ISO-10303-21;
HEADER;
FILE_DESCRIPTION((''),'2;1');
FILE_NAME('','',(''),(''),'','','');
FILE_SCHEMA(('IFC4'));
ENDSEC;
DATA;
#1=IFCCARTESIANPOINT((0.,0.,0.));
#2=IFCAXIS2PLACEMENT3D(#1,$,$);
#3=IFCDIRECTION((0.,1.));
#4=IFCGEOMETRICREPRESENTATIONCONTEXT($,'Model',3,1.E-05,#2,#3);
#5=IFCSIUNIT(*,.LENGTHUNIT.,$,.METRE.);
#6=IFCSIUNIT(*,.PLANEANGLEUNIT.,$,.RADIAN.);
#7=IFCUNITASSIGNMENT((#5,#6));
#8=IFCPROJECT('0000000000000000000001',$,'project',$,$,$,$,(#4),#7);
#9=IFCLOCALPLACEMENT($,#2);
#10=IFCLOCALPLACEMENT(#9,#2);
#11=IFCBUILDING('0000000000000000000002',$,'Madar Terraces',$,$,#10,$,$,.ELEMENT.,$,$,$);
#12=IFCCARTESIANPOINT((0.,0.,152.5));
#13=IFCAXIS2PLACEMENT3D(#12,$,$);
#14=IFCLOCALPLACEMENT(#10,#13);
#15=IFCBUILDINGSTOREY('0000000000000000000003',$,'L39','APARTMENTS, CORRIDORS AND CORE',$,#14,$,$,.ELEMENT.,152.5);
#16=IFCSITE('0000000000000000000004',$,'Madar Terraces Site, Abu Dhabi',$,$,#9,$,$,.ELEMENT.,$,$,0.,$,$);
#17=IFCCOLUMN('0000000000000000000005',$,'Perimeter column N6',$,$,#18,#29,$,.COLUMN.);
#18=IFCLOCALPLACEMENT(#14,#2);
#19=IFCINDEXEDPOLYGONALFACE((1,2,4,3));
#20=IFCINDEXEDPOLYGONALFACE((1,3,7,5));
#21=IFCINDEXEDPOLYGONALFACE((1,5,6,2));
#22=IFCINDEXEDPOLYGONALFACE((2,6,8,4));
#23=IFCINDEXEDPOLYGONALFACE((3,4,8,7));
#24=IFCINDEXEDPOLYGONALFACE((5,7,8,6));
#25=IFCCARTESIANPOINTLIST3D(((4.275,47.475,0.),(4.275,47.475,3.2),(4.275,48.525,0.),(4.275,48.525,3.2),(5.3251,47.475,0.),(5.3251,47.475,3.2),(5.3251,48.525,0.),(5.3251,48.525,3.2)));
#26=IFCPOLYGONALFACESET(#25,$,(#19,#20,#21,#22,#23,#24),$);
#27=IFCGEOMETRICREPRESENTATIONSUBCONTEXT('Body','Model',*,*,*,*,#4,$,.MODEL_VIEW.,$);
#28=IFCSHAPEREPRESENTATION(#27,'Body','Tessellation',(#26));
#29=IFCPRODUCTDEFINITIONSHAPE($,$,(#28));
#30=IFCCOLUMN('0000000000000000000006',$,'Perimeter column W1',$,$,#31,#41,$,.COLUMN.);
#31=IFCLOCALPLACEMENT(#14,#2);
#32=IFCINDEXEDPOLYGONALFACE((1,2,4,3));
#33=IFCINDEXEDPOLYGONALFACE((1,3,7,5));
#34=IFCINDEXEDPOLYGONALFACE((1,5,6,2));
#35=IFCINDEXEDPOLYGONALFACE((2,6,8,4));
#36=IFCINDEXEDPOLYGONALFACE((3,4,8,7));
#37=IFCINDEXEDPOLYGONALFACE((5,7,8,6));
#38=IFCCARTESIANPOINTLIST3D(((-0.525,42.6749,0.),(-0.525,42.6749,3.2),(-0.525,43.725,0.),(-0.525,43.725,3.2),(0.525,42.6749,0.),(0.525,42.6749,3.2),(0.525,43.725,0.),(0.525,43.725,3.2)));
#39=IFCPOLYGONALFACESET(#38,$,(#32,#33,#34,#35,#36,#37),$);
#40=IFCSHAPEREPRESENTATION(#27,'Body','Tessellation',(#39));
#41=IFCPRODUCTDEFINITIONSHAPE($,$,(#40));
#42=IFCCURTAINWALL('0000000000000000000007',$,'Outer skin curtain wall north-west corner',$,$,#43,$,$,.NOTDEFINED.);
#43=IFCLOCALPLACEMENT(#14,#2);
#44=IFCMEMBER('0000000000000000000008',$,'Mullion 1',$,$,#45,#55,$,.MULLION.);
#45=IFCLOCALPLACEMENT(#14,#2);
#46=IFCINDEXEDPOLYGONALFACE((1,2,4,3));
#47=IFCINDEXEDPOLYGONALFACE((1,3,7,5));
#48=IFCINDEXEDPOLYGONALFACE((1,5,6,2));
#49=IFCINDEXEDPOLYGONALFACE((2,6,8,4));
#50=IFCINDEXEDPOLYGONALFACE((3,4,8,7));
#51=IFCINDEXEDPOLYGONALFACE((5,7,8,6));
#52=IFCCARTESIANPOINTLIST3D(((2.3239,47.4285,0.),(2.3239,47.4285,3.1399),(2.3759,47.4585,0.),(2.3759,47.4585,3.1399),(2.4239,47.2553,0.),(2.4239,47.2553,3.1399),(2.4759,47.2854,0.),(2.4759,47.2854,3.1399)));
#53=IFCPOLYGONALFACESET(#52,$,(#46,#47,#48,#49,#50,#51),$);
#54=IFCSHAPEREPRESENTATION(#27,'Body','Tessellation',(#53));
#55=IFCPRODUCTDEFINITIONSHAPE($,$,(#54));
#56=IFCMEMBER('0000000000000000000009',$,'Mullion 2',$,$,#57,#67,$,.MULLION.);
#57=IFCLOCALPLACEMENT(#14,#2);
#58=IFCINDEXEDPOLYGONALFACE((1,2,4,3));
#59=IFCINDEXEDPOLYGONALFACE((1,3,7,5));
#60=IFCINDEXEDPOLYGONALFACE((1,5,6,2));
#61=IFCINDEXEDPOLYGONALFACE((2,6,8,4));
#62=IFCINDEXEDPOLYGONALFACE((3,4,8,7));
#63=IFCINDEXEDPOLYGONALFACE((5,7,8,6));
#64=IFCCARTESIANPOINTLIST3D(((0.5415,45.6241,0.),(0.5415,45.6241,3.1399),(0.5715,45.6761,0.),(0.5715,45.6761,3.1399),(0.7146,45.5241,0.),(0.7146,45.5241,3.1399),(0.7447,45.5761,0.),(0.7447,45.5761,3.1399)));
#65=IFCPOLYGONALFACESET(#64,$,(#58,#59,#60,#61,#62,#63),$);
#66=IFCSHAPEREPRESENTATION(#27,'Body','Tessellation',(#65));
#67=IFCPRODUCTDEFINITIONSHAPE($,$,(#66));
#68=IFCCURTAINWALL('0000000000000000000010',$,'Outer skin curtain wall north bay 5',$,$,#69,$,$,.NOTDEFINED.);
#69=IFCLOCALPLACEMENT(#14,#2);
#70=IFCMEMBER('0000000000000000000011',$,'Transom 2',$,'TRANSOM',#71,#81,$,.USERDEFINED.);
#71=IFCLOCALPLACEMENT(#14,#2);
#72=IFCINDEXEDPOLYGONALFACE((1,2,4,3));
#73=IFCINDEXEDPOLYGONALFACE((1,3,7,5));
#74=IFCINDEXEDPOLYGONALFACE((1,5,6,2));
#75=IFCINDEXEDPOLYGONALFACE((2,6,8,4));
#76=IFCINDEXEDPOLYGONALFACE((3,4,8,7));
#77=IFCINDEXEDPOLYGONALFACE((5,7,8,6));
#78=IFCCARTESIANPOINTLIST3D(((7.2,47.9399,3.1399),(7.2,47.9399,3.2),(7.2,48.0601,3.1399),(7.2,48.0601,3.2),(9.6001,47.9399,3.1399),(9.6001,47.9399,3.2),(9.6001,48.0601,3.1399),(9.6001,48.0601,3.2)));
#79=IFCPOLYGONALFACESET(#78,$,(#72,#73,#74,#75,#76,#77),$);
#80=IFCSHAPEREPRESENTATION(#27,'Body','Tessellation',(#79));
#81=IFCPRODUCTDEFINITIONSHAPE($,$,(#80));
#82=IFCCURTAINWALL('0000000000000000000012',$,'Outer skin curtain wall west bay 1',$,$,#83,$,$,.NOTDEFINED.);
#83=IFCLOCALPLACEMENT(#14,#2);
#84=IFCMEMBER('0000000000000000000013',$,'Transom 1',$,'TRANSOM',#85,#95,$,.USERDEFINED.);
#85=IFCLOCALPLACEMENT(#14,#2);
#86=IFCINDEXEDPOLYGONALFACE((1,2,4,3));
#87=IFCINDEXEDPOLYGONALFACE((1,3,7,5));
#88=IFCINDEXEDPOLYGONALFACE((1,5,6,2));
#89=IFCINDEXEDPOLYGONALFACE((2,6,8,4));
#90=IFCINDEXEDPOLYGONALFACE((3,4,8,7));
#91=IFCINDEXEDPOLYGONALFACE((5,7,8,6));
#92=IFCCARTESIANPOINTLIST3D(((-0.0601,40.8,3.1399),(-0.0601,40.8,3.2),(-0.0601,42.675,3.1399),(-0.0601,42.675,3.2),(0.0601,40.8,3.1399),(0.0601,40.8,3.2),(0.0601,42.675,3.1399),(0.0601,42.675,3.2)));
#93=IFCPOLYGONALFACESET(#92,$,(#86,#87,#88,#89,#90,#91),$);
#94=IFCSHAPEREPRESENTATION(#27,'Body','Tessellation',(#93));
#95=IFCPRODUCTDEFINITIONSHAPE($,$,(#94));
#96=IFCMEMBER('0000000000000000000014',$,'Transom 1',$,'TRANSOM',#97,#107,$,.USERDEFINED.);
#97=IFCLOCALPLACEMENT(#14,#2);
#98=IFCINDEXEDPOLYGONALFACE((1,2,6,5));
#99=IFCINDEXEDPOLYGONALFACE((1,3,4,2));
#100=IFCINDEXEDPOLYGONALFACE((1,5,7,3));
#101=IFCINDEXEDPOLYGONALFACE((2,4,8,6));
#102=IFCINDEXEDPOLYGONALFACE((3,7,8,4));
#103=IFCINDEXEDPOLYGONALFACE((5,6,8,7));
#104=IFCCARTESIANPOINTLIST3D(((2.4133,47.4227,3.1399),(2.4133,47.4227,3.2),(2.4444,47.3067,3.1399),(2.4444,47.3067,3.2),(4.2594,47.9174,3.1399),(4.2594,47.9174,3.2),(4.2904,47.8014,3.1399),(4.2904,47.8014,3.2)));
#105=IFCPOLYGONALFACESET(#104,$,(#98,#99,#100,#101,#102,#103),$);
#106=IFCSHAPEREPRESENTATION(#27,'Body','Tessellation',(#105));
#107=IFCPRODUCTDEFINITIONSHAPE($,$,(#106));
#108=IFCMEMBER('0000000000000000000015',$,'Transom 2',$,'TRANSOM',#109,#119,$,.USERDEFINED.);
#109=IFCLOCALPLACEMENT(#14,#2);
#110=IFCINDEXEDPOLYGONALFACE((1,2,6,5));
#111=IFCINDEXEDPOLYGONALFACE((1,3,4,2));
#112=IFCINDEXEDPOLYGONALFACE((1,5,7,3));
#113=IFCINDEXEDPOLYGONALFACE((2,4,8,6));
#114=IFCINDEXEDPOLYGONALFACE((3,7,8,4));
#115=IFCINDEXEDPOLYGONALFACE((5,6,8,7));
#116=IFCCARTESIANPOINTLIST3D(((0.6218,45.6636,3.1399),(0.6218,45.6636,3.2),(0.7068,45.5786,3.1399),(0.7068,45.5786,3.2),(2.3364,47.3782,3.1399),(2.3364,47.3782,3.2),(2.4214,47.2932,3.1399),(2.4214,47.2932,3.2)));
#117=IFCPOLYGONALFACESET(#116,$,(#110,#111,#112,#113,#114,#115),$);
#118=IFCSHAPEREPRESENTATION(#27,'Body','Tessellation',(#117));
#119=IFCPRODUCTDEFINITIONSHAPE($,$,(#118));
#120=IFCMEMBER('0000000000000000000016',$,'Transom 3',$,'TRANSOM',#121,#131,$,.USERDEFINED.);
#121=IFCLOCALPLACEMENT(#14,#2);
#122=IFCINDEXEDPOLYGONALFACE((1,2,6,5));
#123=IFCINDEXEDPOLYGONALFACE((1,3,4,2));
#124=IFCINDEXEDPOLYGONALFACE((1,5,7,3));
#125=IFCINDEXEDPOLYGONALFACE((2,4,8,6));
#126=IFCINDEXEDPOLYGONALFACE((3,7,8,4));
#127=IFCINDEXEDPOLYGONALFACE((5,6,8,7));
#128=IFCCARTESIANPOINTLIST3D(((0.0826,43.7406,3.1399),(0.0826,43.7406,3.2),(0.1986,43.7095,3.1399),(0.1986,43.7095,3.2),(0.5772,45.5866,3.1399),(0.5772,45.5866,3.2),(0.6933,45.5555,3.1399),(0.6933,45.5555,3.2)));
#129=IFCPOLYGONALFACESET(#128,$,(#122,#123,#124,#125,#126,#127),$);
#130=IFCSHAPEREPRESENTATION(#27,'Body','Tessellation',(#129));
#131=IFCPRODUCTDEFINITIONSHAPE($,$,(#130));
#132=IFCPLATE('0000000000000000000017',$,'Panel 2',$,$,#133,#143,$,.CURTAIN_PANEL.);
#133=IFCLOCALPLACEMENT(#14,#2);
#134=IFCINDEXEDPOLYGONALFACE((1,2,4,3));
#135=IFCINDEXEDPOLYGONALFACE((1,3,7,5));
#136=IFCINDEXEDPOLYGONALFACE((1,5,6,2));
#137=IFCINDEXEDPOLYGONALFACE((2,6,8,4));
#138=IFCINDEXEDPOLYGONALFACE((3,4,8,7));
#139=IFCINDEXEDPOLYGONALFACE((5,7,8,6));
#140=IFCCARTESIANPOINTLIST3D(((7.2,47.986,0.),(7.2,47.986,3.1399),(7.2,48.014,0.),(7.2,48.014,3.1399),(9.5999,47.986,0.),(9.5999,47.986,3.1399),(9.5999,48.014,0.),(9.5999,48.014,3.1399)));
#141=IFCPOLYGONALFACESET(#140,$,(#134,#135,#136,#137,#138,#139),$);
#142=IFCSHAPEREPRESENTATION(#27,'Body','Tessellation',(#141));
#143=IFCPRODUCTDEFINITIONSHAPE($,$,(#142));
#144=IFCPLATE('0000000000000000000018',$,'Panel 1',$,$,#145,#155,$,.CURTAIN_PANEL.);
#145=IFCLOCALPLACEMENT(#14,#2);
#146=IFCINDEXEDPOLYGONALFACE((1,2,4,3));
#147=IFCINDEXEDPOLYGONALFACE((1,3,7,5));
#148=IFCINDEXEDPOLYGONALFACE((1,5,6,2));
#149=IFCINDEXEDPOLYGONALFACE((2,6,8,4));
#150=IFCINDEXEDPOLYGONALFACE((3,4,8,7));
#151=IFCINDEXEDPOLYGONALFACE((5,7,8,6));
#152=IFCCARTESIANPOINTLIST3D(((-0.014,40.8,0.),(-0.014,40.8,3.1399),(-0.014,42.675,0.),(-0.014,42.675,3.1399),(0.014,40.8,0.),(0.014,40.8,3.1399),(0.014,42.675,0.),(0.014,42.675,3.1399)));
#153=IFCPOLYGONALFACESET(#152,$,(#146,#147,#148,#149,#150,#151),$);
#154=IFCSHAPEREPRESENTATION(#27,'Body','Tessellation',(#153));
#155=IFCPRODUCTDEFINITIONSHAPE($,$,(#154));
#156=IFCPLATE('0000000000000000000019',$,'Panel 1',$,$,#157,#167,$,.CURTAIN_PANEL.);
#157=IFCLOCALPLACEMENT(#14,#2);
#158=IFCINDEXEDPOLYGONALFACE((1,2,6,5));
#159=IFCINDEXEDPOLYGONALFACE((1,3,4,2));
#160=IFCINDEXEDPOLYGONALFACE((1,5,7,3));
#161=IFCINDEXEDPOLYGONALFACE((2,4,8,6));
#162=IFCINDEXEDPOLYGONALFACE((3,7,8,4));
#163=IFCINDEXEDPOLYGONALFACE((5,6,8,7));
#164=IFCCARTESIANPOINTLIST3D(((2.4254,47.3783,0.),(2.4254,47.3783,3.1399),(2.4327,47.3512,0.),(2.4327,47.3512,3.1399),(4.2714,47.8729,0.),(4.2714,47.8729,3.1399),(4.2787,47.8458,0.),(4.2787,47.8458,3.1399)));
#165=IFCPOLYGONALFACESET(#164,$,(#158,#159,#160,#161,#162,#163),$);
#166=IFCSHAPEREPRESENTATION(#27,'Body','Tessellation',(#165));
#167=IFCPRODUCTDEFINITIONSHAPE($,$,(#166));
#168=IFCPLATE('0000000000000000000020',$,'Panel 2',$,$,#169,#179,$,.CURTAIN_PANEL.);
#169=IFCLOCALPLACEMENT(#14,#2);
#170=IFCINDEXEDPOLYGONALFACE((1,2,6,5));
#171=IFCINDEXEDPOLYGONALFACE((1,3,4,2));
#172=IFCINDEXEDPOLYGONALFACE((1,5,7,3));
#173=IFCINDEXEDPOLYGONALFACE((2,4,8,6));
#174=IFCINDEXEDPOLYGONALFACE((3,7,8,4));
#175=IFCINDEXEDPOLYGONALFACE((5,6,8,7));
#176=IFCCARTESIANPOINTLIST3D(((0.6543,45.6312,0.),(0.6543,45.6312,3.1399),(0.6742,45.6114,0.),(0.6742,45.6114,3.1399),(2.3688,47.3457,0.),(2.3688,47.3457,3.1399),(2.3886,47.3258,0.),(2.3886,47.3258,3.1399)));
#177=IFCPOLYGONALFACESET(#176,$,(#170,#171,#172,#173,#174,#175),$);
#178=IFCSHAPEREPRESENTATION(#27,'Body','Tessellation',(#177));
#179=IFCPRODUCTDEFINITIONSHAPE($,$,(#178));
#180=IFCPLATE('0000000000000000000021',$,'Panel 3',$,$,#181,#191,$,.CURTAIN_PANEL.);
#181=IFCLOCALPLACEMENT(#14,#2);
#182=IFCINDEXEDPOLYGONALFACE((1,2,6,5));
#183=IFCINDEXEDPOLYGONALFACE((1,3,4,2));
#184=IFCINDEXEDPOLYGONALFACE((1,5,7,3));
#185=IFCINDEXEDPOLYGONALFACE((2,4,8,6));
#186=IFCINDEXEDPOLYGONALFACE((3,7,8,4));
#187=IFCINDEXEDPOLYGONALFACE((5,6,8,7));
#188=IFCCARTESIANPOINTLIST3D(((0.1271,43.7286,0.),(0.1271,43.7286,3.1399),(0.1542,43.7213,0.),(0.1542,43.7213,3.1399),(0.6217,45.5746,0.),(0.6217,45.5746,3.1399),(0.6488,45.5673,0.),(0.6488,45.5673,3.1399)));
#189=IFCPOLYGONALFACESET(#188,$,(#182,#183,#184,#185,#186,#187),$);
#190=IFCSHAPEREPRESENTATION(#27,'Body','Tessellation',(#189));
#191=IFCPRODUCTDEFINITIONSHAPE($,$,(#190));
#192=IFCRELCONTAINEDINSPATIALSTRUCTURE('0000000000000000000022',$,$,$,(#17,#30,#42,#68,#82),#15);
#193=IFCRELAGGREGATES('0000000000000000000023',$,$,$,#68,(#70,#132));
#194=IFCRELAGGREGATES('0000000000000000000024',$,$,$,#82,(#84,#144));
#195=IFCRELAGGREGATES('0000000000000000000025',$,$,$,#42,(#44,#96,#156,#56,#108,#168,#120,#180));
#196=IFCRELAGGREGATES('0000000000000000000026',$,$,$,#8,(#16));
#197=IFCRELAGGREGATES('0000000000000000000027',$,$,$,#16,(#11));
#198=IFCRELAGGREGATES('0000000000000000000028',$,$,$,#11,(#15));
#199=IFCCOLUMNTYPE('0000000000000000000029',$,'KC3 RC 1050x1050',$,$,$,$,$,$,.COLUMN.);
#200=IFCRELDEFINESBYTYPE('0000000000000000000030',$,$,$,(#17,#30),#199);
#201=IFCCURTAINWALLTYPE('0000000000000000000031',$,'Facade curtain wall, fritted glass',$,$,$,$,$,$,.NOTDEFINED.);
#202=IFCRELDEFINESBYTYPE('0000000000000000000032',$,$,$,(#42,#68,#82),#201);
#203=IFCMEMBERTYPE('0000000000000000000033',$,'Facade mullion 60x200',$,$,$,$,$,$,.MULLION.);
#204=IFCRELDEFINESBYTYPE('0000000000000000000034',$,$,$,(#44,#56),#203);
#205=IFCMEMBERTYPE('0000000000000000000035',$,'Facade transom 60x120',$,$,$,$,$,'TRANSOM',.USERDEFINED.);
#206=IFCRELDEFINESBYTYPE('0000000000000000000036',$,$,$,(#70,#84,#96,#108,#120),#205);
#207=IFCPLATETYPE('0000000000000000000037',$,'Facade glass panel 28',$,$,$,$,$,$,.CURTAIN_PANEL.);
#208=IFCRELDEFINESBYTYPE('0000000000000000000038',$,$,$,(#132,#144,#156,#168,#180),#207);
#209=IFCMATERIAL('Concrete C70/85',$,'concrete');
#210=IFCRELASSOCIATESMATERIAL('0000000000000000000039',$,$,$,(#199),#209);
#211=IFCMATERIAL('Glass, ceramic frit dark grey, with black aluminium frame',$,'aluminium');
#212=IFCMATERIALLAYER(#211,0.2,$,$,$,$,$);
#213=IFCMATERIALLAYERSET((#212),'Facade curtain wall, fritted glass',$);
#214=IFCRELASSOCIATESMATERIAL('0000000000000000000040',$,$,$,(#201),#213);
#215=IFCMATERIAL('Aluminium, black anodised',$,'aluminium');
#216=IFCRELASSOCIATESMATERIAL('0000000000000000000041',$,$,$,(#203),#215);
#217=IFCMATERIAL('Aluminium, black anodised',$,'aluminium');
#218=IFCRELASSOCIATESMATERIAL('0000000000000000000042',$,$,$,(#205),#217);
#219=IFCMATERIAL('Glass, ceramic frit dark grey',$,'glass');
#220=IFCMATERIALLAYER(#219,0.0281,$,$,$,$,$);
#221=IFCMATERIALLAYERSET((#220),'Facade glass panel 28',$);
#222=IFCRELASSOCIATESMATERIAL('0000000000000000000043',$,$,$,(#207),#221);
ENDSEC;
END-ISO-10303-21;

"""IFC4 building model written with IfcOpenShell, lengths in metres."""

from ifc_helpers import new_model, si_unit, direction, frame, origin, origin_2d, place, context, subcontext, project, spatial, rectangle, extrude, material, layer, layer_set, material_profile, profile_set, type_object, element, aggregate, save


model = new_model("IFC4")

# Units and contexts
model_context = context("Model", 3, precision=1e-05, world=origin(), true_north=direction((0.0, 1.0)))
body_context = subcontext(model_context, "Body", "Model", "MODEL_VIEW")
ifc_project = project(units=[si_unit("LENGTHUNIT", "METRE"), si_unit("PLANEANGLEUNIT", "RADIAN")], contexts=[model_context])

# Site, building, storey
site_placement = place(None, origin())
site = spatial("IfcSite", under=ifc_project, at=site_placement, Name="Madar Terraces Site, Abu Dhabi", CompositionType="ELEMENT", RefElevation=0.0)
building_placement = place(site_placement, origin())
building = spatial("IfcBuilding", under=site, at=building_placement, Name="Madar Terraces", CompositionType="ELEMENT")
storey_placement = place(building_placement, frame((0.0, 0.0, 152.5)))
storey = spatial("IfcBuildingStorey", under=building, at=storey_placement, Name="L39", Description="APARTMENTS, CORRIDORS AND CORE", CompositionType="ELEMENT", Elevation=152.5)

# Columns
ifc_material_1 = material(Name="Concrete C70/85", Category="concrete")
ifc_material_profile_1 = material_profile(ifc_material_1, rectangle(XDim=1.05, YDim=1.05, at=origin_2d()), Name="KC3 RC 1050x1050")
ifc_profile_set_1 = profile_set([ifc_material_profile_1], Name="Concrete C70/85")
column_type = type_object("IfcColumnType", Name="KC3 RC 1050x1050", PredefinedType="COLUMN", material=ifc_profile_set_1)
for number, where, z_axis, x_axis, name in (
    (1, (4.8, 48.0, 0.0), (0.0, 0.0, 1.0), (1.0, 0.0, 0.0), "Perimeter column N6"),
    (2, (0.0, 43.2, 0.0), (0.0, 0.0, 1.0), (1.0, 0.0, 0.0), "Perimeter column W1"),
):
    element("IfcColumn", number, at=place(storey_placement, frame(where, z_axis=z_axis, x_axis=x_axis)), inside=storey, type_object=column_type, Name=name, PredefinedType="COLUMN", context=body_context, shape_type="SweptSolid", body=[
        extrude(rectangle(XDim=1.05, YDim=1.05, at=origin_2d()), origin(), (0.0, 0.0, 1.0), 3.2),
    ])

# Curtain wall, members
ifc_material_2 = material(Name="Glass, ceramic frit dark grey, with black aluminium frame", Category="aluminium")
ifc_layer_1 = layer(ifc_material_2, 0.2)
ifc_layer_set_1 = layer_set([ifc_layer_1], Name="Facade curtain wall, fritted glass")
curtain_wall_type = type_object("IfcCurtainWallType", Name="Facade curtain wall, fritted glass", PredefinedType="NOTDEFINED", material=ifc_layer_set_1)
curtain_wall_1_placement = place(storey_placement, origin())
curtain_wall_1 = element("IfcCurtainWall", 3, at=curtain_wall_1_placement, inside=storey, type_object=curtain_wall_type, Name="Outer skin curtain wall north-west corner", PredefinedType="NOTDEFINED")
ifc_material_3 = material(Name="Aluminium, black anodised", Category="aluminium")
ifc_material_profile_2 = material_profile(ifc_material_3, rectangle(XDim=0.2, YDim=0.0601, at=origin_2d()), Name="Facade mullion 60x200")
ifc_profile_set_2 = profile_set([ifc_material_profile_2], Name="Aluminium, black anodised")
member_type_1 = type_object("IfcMemberType", Name="Facade mullion 60x200", PredefinedType="MULLION", material=ifc_profile_set_2)
member_1_placement = place(storey_placement, frame((2.3999, 47.3569, 0.0), z_axis=(0.0, 0.0, 1.0), x_axis=(0.5, -0.866025, 0.0)))
member_1 = element("IfcMember", 4, at=member_1_placement, type_object=member_type_1, Name="Mullion 1", PredefinedType="MULLION", context=body_context, shape_type="SweptSolid", body=[
    extrude(rectangle(XDim=0.2, YDim=0.0601, at=origin_2d()), origin(), (0.0, 0.0, 1.0), 3.1399),
])
member_2_placement = place(storey_placement, frame((0.6431, 45.6001, 0.0), z_axis=(0.0, 0.0, 1.0), x_axis=(0.866025, -0.5, 0.0)))
member_2 = element("IfcMember", 5, at=member_2_placement, type_object=member_type_1, Name="Mullion 2", PredefinedType="MULLION", context=body_context, shape_type="SweptSolid", body=[
    extrude(rectangle(XDim=0.2, YDim=0.0601, at=origin_2d()), origin(), (0.0, 0.0, 1.0), 3.1399),
])

# Curtain walls, members
curtain_wall_2_placement = place(storey_placement, origin())
curtain_wall_2 = element("IfcCurtainWall", 6, at=curtain_wall_2_placement, inside=storey, type_object=curtain_wall_type, Name="Outer skin curtain wall north bay 5", PredefinedType="NOTDEFINED")
ifc_material_4 = material(Name="Aluminium, black anodised", Category="aluminium")
ifc_material_profile_3 = material_profile(ifc_material_4, rectangle(XDim=0.1201, YDim=0.0601, at=origin_2d()), Name="Facade transom 60x120")
ifc_profile_set_3 = profile_set([ifc_material_profile_3], Name="Aluminium, black anodised")
member_type_2 = type_object("IfcMemberType", Name="Facade transom 60x120", ElementType="TRANSOM", PredefinedType="USERDEFINED", material=ifc_profile_set_3)
member_3_placement = place(storey_placement, frame((9.6001, 48.0, 3.1699), z_axis=(-1.0, 0.0, 0.0), x_axis=(0.0, -1.0, 0.0)))
member_3 = element("IfcMember", 7, at=member_3_placement, type_object=member_type_2, Name="Transom 2", ObjectType="TRANSOM", PredefinedType="USERDEFINED", context=body_context, shape_type="SweptSolid", body=[
    extrude(rectangle(XDim=0.1201, YDim=0.0601, at=origin_2d()), origin(), (0.0, 0.0, 1.0), 2.4001),
])
curtain_wall_3_placement = place(storey_placement, origin())
curtain_wall_3 = element("IfcCurtainWall", 8, at=curtain_wall_3_placement, inside=storey, type_object=curtain_wall_type, Name="Outer skin curtain wall west bay 1", PredefinedType="NOTDEFINED")
member_4_placement = place(storey_placement, frame((0.0, 42.675, 3.1699), z_axis=(0.0, -1.0, 0.0), x_axis=(1.0, 0.0, 0.0)))
member_4 = element("IfcMember", 9, at=member_4_placement, type_object=member_type_2, Name="Transom 1", ObjectType="TRANSOM", PredefinedType="USERDEFINED", context=body_context, shape_type="SweptSolid", body=[
    extrude(rectangle(XDim=0.1201, YDim=0.0601, at=origin_2d()), origin(), (0.0, 0.0, 1.0), 1.875),
])

# Members
member_5_placement = place(storey_placement, frame((4.2749, 47.8594, 3.1699), z_axis=(-0.965925, -0.258823, 0.0), x_axis=(0.258823, -0.965925, 0.0)))
member_5 = element("IfcMember", 10, at=member_5_placement, type_object=member_type_2, Name="Transom 1", ObjectType="TRANSOM", PredefinedType="USERDEFINED", context=body_context, shape_type="SweptSolid", body=[
    extrude(rectangle(XDim=0.1201, YDim=0.0601, at=origin_2d()), origin(), (0.0, 0.0, 1.0), 1.9111),
])
member_6_placement = place(storey_placement, frame((2.3789, 47.3357, 3.1699), z_axis=(-0.707107, -0.707107, 0.0), x_axis=(0.707107, -0.707107, 0.0)))
member_6 = element("IfcMember", 11, at=member_6_placement, type_object=member_type_2, Name="Transom 2", ObjectType="TRANSOM", PredefinedType="USERDEFINED", context=body_context, shape_type="SweptSolid", body=[
    extrude(rectangle(XDim=0.1201, YDim=0.0601, at=origin_2d()), origin(), (0.0, 0.0, 1.0), 2.4248),
])
member_7_placement = place(storey_placement, frame((0.6353, 45.571, 3.1699), z_axis=(-0.258823, -0.965925, 0.0), x_axis=(0.965925, -0.258823, 0.0)))
member_7 = element("IfcMember", 12, at=member_7_placement, type_object=member_type_2, Name="Transom 3", ObjectType="TRANSOM", PredefinedType="USERDEFINED", context=body_context, shape_type="SweptSolid", body=[
    extrude(rectangle(XDim=0.1201, YDim=0.0601, at=origin_2d()), origin(), (0.0, 0.0, 1.0), 1.9111),
])

# Plates
ifc_material_5 = material(Name="Glass, ceramic frit dark grey", Category="glass")
ifc_layer_2 = layer(ifc_material_5, 0.0281)
ifc_layer_set_2 = layer_set([ifc_layer_2], Name="Facade glass panel 28")
plate_type = type_object("IfcPlateType", Name="Facade glass panel 28", PredefinedType="CURTAIN_PANEL", material=ifc_layer_set_2)
plate_1_placement = place(storey_placement, frame((8.3999, 48.0, 0.0), z_axis=(0.0, 0.0, 1.0), x_axis=(-1.0, 0.0, 0.0)))
plate_1 = element("IfcPlate", 13, at=plate_1_placement, type_object=plate_type, Name="Panel 2", PredefinedType="CURTAIN_PANEL", context=body_context, shape_type="SweptSolid", body=[
    extrude(rectangle(XDim=2.3999, YDim=0.0281, at=origin_2d()), origin(), (0.0, 0.0, 1.0), 3.1399),
])
aggregate(curtain_wall_2, [member_3, plate_1])
plate_2_placement = place(storey_placement, frame((0.0, 41.7375, 0.0), z_axis=(0.0, 0.0, 1.0), x_axis=(0.0, -1.0, 0.0)))
plate_2 = element("IfcPlate", 14, at=plate_2_placement, type_object=plate_type, Name="Panel 1", PredefinedType="CURTAIN_PANEL", context=body_context, shape_type="SweptSolid", body=[
    extrude(rectangle(XDim=1.875, YDim=0.0281, at=origin_2d()), origin(), (0.0, 0.0, 1.0), 3.1399),
])
aggregate(curtain_wall_3, [member_4, plate_2])
plate_3_placement = place(storey_placement, frame((3.3521, 47.6121, 0.0), z_axis=(0.0, 0.0, 1.0), x_axis=(-0.965926, -0.258819, 0.0)))
plate_3 = element("IfcPlate", 15, at=plate_3_placement, type_object=plate_type, Name="Panel 1", PredefinedType="CURTAIN_PANEL", context=body_context, shape_type="SweptSolid", body=[
    extrude(rectangle(XDim=1.9111, YDim=0.0281, at=origin_2d()), origin(), (0.0, 0.0, 1.0), 3.1399),
])
plate_4_placement = place(storey_placement, frame((1.5215, 46.4785, 0.0), z_axis=(0.0, 0.0, 1.0), x_axis=(-0.707107, -0.707107, 0.0)))
plate_4 = element("IfcPlate", 16, at=plate_4_placement, type_object=plate_type, Name="Panel 2", PredefinedType="CURTAIN_PANEL", context=body_context, shape_type="SweptSolid", body=[
    extrude(rectangle(XDim=2.4246, YDim=0.0281, at=origin_2d()), origin(), (0.0, 0.0, 1.0), 3.1399),
])
plate_5_placement = place(storey_placement, frame((0.3879, 44.6479, 0.0), z_axis=(0.0, 0.0, 1.0), x_axis=(-0.258819, -0.965926, 0.0)))
plate_5 = element("IfcPlate", 17, at=plate_5_placement, type_object=plate_type, Name="Panel 3", PredefinedType="CURTAIN_PANEL", context=body_context, shape_type="SweptSolid", body=[
    extrude(rectangle(XDim=1.9111, YDim=0.0281, at=origin_2d()), origin(), (0.0, 0.0, 1.0), 3.1399),
])
aggregate(curtain_wall_1, [member_1, member_5, plate_3, member_2, member_6, plate_4, member_7, plate_5])

save(model, "model.ifc")
